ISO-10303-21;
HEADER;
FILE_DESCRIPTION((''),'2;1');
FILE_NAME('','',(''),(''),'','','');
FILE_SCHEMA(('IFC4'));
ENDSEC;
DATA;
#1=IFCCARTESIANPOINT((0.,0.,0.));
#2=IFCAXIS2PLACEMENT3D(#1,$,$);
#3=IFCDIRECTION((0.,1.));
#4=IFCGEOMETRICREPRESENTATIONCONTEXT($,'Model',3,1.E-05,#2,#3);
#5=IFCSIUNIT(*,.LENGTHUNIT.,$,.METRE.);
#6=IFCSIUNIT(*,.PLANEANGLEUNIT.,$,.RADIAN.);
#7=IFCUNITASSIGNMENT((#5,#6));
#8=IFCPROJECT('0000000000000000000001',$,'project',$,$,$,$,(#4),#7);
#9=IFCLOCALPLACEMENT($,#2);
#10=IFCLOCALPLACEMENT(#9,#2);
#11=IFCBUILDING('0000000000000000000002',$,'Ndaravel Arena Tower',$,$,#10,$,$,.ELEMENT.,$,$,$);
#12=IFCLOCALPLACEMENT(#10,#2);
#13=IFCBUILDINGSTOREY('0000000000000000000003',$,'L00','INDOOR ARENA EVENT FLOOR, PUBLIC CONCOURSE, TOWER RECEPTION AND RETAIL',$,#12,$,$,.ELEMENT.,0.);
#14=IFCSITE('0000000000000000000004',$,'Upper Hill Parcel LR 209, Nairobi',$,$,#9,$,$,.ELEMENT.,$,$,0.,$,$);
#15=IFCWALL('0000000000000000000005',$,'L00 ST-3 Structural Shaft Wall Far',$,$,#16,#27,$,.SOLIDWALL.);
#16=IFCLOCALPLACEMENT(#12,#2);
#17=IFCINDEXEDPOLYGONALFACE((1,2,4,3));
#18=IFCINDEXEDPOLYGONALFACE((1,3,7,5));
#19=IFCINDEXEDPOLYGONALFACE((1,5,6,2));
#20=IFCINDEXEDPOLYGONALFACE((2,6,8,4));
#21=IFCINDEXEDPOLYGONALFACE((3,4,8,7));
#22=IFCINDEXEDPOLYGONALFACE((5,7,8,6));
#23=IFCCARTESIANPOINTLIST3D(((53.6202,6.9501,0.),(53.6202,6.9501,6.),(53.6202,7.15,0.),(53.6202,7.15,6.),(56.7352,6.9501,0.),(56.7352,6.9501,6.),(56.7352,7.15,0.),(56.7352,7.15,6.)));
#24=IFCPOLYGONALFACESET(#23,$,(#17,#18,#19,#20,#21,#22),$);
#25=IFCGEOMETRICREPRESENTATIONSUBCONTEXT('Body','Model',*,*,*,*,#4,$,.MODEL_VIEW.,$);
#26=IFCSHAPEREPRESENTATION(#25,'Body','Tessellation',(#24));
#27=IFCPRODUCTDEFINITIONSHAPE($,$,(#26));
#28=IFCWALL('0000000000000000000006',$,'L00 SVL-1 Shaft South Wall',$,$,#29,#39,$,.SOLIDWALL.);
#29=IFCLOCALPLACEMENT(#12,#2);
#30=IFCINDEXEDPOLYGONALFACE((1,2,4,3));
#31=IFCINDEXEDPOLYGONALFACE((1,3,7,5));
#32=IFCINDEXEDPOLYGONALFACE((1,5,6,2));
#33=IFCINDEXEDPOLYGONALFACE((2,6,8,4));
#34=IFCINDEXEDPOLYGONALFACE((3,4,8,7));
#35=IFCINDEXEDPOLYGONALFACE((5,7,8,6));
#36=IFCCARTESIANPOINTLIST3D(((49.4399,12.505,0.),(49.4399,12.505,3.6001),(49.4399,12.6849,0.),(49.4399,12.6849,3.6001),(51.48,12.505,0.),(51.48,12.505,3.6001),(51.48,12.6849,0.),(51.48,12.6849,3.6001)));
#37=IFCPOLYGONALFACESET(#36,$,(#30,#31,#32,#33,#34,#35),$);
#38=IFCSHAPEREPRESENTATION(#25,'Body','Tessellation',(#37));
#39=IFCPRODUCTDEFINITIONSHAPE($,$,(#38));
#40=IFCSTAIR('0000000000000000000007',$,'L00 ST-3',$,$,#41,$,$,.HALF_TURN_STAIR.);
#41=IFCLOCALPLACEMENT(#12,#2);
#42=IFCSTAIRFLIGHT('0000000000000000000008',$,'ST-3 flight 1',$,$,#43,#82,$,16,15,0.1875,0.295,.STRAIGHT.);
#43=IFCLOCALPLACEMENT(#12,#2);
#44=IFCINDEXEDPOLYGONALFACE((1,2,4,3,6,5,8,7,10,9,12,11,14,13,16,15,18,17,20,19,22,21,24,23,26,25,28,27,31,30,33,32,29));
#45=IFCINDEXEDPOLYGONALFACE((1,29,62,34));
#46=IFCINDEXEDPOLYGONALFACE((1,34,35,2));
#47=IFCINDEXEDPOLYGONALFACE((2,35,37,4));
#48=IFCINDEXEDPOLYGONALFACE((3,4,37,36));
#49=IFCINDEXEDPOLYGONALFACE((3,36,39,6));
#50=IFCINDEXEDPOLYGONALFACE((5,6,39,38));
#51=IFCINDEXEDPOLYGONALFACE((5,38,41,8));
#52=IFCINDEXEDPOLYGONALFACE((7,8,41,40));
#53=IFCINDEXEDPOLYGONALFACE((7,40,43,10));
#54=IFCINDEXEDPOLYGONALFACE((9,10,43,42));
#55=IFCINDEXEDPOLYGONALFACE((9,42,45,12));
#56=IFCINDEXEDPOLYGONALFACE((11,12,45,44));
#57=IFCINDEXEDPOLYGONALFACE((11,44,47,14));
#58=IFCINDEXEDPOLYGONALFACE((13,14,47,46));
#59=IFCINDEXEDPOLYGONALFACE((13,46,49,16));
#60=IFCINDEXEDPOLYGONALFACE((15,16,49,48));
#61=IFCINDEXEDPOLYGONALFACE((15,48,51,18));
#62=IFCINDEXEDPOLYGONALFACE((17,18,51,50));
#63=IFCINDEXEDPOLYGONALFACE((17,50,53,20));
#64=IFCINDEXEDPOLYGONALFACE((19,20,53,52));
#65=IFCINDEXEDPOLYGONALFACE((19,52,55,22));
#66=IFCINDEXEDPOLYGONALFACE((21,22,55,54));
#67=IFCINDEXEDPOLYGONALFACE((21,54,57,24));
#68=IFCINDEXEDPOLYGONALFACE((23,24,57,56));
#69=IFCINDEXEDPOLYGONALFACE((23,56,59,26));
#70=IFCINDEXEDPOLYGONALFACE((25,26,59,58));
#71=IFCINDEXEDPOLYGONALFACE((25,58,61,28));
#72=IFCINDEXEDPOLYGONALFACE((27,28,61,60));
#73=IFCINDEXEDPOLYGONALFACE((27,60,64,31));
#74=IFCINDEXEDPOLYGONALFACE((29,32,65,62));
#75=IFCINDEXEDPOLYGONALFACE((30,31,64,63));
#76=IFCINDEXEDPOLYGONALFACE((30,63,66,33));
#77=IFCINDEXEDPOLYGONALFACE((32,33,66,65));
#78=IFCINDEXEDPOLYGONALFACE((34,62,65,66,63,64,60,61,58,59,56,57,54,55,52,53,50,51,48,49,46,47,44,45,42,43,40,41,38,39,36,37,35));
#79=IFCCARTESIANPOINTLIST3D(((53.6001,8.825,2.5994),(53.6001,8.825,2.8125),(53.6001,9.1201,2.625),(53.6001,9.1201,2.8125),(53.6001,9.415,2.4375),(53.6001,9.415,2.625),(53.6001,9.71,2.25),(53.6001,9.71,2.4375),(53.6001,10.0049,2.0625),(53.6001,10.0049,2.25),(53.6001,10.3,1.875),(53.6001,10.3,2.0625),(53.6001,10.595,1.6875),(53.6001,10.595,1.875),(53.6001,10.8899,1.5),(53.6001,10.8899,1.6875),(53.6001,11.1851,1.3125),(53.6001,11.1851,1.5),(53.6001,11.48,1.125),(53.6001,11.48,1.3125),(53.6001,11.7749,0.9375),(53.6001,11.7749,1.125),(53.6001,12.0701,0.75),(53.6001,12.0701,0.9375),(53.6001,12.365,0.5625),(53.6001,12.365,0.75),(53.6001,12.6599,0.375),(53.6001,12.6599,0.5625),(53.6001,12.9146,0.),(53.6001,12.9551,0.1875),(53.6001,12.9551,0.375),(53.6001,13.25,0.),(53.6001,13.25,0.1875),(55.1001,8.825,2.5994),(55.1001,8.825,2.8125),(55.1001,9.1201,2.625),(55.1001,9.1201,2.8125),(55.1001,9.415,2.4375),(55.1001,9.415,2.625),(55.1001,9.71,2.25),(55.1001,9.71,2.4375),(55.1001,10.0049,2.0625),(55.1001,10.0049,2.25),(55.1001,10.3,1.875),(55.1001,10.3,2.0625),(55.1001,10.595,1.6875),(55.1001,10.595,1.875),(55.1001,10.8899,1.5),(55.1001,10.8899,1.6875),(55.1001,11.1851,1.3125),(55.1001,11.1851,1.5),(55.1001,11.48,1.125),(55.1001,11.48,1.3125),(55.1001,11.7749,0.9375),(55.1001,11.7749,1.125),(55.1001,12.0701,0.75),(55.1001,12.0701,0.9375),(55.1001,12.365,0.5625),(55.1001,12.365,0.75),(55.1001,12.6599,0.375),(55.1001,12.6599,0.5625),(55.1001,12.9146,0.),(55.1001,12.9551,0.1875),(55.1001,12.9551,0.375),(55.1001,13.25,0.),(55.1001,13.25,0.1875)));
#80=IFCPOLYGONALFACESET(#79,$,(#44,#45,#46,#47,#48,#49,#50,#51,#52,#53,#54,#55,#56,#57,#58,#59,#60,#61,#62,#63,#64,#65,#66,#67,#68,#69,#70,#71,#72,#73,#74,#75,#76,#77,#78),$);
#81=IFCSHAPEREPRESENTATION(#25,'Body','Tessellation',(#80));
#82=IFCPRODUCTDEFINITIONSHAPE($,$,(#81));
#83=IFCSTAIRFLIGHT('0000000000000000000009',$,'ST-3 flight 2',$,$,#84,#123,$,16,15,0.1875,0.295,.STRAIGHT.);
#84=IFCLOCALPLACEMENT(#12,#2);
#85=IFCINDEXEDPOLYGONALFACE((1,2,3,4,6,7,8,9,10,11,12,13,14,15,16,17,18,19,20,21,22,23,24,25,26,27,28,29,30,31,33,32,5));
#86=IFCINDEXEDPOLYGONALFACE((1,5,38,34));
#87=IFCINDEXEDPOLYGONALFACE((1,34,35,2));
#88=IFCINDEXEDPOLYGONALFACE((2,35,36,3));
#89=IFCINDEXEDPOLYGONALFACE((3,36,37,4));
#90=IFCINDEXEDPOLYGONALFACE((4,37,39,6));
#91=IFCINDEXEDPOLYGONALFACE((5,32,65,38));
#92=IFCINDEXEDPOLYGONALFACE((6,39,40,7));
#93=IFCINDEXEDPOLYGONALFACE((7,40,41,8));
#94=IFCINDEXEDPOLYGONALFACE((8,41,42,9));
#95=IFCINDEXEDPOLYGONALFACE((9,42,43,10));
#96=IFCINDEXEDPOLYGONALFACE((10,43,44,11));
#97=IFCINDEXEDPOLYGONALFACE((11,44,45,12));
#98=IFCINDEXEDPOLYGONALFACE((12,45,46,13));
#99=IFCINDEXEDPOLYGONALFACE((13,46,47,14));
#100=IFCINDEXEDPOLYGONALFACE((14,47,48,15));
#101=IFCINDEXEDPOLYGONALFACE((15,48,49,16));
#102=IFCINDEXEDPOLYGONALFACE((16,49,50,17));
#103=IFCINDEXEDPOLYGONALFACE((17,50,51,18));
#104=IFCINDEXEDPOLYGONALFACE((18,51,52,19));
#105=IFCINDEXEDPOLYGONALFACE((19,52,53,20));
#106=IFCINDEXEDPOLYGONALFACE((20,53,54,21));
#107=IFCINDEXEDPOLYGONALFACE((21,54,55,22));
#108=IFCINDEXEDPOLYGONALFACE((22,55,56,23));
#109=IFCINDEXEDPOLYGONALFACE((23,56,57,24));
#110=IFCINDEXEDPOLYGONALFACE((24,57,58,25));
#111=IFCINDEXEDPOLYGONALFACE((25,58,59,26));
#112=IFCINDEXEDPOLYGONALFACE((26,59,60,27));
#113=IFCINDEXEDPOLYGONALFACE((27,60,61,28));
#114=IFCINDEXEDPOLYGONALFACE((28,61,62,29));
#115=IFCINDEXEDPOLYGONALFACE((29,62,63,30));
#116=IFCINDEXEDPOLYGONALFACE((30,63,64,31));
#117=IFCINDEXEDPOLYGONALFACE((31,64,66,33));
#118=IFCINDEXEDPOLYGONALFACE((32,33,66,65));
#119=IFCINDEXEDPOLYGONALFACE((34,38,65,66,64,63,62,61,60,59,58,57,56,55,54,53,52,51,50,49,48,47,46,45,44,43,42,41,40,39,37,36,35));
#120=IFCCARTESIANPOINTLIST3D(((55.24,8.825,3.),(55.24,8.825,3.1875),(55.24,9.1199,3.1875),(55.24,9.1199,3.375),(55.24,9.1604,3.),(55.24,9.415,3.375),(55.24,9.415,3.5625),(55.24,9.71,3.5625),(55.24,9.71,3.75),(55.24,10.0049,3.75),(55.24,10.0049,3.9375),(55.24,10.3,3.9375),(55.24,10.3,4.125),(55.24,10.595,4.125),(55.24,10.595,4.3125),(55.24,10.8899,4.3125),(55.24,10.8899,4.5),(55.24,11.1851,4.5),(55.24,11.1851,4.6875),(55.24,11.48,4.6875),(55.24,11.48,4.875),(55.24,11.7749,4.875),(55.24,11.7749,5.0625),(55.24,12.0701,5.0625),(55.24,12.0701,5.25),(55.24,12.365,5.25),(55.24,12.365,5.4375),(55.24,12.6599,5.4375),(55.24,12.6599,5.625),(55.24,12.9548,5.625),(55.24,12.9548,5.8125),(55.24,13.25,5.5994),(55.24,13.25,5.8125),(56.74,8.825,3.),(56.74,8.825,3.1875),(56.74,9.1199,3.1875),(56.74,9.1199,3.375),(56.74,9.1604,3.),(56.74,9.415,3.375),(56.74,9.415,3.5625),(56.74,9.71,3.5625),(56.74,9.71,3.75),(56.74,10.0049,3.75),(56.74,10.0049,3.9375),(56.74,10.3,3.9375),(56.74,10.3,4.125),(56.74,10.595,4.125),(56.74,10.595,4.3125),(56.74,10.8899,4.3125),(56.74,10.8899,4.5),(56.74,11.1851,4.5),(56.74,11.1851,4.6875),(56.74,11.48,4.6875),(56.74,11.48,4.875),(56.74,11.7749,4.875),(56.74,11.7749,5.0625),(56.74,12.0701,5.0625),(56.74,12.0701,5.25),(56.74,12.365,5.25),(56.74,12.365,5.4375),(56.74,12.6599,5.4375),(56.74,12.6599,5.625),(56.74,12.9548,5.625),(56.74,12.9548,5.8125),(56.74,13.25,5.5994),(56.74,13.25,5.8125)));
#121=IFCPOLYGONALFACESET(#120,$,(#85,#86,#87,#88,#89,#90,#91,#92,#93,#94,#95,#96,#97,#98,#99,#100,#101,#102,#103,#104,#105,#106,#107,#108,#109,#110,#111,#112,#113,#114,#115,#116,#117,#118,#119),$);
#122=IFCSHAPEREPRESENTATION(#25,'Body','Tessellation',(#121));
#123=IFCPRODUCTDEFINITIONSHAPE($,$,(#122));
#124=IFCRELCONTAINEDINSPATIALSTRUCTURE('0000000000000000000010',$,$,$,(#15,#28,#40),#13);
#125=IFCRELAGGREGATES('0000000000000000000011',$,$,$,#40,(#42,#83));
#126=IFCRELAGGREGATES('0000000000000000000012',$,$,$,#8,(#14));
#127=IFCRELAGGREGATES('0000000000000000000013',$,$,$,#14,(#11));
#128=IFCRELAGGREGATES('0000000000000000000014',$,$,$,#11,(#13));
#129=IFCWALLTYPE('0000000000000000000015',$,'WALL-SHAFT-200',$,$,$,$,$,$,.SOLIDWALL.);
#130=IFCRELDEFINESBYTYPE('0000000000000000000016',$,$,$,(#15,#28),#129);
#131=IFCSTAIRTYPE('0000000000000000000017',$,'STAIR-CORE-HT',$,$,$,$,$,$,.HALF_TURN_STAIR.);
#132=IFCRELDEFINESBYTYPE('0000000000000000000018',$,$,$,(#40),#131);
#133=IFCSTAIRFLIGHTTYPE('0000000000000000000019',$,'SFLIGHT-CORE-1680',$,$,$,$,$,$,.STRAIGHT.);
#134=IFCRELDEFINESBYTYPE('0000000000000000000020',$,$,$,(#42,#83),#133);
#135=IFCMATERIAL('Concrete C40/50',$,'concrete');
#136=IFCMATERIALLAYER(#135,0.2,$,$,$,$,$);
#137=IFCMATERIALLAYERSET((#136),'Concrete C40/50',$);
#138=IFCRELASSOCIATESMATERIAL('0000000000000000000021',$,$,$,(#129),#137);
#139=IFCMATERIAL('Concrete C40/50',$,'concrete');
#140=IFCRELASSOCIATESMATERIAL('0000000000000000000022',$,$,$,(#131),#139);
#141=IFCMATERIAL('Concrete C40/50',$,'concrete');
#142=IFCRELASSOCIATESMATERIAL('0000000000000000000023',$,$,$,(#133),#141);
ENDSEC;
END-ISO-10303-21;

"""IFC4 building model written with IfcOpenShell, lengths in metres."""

from ifc_helpers import new_model, si_unit, direction, frame, frame_2d, origin, place, context, subcontext, project, spatial, polyline, rectangle, outline, extrude, material, layer, layer_set, type_object, element, aggregate, save


model = new_model("IFC4")

# Units and contexts
model_context = context("Model", 3, precision=1e-05, world=origin(), true_north=direction((0.0, 1.0)))
body_context = subcontext(model_context, "Body", "Model", "MODEL_VIEW")
ifc_project = project(units=[si_unit("LENGTHUNIT", "METRE"), si_unit("PLANEANGLEUNIT", "RADIAN")], contexts=[model_context])

# Site, building, storey
site_placement = place(None, origin())
site = spatial("IfcSite", under=ifc_project, at=site_placement, Name="Upper Hill Parcel LR 209, Nairobi", CompositionType="ELEMENT", RefElevation=0.0)
building_placement = place(site_placement, origin())
building = spatial("IfcBuilding", under=site, at=building_placement, Name="Ndaravel Arena Tower", CompositionType="ELEMENT")
storey_placement = place(building_placement, origin())
storey = spatial("IfcBuildingStorey", under=building, at=storey_placement, Name="L00", Description="INDOOR ARENA EVENT FLOOR, PUBLIC CONCOURSE, TOWER RECEPTION AND RETAIL", CompositionType="ELEMENT", Elevation=0.0)

# Wall
ifc_material_1 = material(Name="Concrete C40/50", Category="concrete")
ifc_layer_1 = layer(ifc_material_1, 0.2)
ifc_layer_set_1 = layer_set([ifc_layer_1], Name="Concrete C40/50")
wall_type_1 = type_object("IfcWallType", Name="WALL-SHAFT-200", PredefinedType="SOLIDWALL", material=ifc_layer_set_1)
wall_1_placement = place(storey_placement, frame((53.6201, 7.05, 0.0), z_axis=(0.0, 0.0, 1.0), x_axis=(1.0, 0.0, 0.0)))
element("IfcWall", 1, at=wall_1_placement, inside=storey, type_object=wall_type_1, Name="L00 ST-3 Structural Shaft Wall Far", PredefinedType="SOLIDWALL", context=body_context, shape_type="SweptSolid", body=[
    extrude(rectangle(XDim=3.115, YDim=0.2, at=frame_2d((1.5576, 0.0))), origin(), (0.0, 0.0, 1.0), 6.0),
])

# Wall
wall_2_placement = place(storey_placement, frame((49.4399, 12.595, 0.0), z_axis=(0.0, 0.0, 1.0), x_axis=(1.0, 0.0, 0.0)))
element("IfcWall", 2, at=wall_2_placement, inside=storey, type_object=wall_type_1, Name="L00 SVL-1 Shaft South Wall", PredefinedType="SOLIDWALL", context=body_context, shape_type="SweptSolid", body=[
    extrude(rectangle(XDim=2.04, YDim=0.1799, at=frame_2d((1.02, 0.0))), origin(), (0.0, 0.0, 1.0), 3.6001),
])

# Stair, stair flights
ifc_material_2 = material(Name="Concrete C40/50", Category="concrete")
stair_type = type_object("IfcStairType", Name="STAIR-CORE-HT", PredefinedType="HALF_TURN_STAIR", material=ifc_material_2)
stair_placement = place(storey_placement, origin())
stair = element("IfcStair", 3, at=stair_placement, inside=storey, type_object=stair_type, Name="L00 ST-3", PredefinedType="HALF_TURN_STAIR")
ifc_material_3 = material(Name="Concrete C40/50", Category="concrete")
stair_flight_type = type_object("IfcStairFlightType", Name="SFLIGHT-CORE-1680", PredefinedType="STRAIGHT", material=ifc_material_3)
stair_flight_1_placement = place(storey_placement, frame((54.3501, 13.25, 0.0), z_axis=(0.0, 0.0, 1.0), x_axis=(0.0, -1.0, 0.0)))
stair_flight_1 = element("IfcStairFlight", 4, at=stair_flight_1_placement, type_object=stair_flight_type, Name="ST-3 flight 1", NumberOfRisers=16, NumberOfTreads=15, PredefinedType="STRAIGHT", RiserHeight=0.1875, TreadLength=0.295, context=body_context, shape_type="SweptSolid", body=[
    extrude(outline(polyline([(0.0, 0.0), (0.0, 0.1875), (0.2949, 0.1875), (0.2949, 0.375), (0.5901, 0.375), (0.5901, 0.5625), (0.885, 0.5625), (0.885, 0.75), (1.1799, 0.75), (1.1799, 0.9375), (1.4751, 0.9375), (1.4751, 1.125), (1.77, 1.125), (1.77, 1.3125), (2.0649, 1.3125), (2.0649, 1.5), (2.3601, 1.5), (2.3601, 1.6875), (2.655, 1.6875), (2.655, 1.875), (2.95, 1.875), (2.95, 2.0625), (3.2451, 2.0625), (3.2451, 2.25), (3.54, 2.25), (3.54, 2.4375), (3.835, 2.4375), (3.835, 2.625), (4.1299, 2.625), (4.1299, 2.8125), (4.425, 2.8125), (4.425, 3.0), (4.425, 2.5994), (0.3354, 0.0), (0.0, 0.0)])), frame((0.0, 0.75, 0.0), z_axis=(0.0, -1.0, 0.0), x_axis=(1.0, 0.0, 0.0)), (0.0, 0.0, 1.0), 1.5),
])
stair_flight_2_placement = place(storey_placement, frame((55.99, 8.825, 3.0), z_axis=(0.0, 0.0, 1.0), x_axis=(0.0, 1.0, 0.0)))
stair_flight_2 = element("IfcStairFlight", 5, at=stair_flight_2_placement, type_object=stair_flight_type, Name="ST-3 flight 2", NumberOfRisers=16, NumberOfTreads=15, PredefinedType="STRAIGHT", RiserHeight=0.1875, TreadLength=0.295, context=body_context, shape_type="SweptSolid", body=[
    extrude(outline(polyline([(0.0, 0.0), (0.0, 0.1875), (0.2949, 0.1875), (0.2949, 0.375), (0.5901, 0.375), (0.5901, 0.5625), (0.885, 0.5625), (0.885, 0.75), (1.1799, 0.75), (1.1799, 0.9375), (1.4751, 0.9375), (1.4751, 1.125), (1.77, 1.125), (1.77, 1.3125), (2.0649, 1.3125), (2.0649, 1.5), (2.3601, 1.5), (2.3601, 1.6875), (2.655, 1.6875), (2.655, 1.875), (2.95, 1.875), (2.95, 2.0625), (3.2451, 2.0625), (3.2451, 2.25), (3.54, 2.25), (3.54, 2.4375), (3.835, 2.4375), (3.835, 2.625), (4.1299, 2.625), (4.1299, 2.8125), (4.425, 2.8125), (4.425, 3.0), (4.425, 2.5994), (0.3354, 0.0), (0.0, 0.0)])), frame((0.0, 0.75, 0.0), z_axis=(0.0, -1.0, 0.0), x_axis=(1.0, 0.0, 0.0)), (0.0, 0.0, 1.0), 1.5),
])
aggregate(stair, [stair_flight_1, stair_flight_2])

save(model, "model.ifc")
